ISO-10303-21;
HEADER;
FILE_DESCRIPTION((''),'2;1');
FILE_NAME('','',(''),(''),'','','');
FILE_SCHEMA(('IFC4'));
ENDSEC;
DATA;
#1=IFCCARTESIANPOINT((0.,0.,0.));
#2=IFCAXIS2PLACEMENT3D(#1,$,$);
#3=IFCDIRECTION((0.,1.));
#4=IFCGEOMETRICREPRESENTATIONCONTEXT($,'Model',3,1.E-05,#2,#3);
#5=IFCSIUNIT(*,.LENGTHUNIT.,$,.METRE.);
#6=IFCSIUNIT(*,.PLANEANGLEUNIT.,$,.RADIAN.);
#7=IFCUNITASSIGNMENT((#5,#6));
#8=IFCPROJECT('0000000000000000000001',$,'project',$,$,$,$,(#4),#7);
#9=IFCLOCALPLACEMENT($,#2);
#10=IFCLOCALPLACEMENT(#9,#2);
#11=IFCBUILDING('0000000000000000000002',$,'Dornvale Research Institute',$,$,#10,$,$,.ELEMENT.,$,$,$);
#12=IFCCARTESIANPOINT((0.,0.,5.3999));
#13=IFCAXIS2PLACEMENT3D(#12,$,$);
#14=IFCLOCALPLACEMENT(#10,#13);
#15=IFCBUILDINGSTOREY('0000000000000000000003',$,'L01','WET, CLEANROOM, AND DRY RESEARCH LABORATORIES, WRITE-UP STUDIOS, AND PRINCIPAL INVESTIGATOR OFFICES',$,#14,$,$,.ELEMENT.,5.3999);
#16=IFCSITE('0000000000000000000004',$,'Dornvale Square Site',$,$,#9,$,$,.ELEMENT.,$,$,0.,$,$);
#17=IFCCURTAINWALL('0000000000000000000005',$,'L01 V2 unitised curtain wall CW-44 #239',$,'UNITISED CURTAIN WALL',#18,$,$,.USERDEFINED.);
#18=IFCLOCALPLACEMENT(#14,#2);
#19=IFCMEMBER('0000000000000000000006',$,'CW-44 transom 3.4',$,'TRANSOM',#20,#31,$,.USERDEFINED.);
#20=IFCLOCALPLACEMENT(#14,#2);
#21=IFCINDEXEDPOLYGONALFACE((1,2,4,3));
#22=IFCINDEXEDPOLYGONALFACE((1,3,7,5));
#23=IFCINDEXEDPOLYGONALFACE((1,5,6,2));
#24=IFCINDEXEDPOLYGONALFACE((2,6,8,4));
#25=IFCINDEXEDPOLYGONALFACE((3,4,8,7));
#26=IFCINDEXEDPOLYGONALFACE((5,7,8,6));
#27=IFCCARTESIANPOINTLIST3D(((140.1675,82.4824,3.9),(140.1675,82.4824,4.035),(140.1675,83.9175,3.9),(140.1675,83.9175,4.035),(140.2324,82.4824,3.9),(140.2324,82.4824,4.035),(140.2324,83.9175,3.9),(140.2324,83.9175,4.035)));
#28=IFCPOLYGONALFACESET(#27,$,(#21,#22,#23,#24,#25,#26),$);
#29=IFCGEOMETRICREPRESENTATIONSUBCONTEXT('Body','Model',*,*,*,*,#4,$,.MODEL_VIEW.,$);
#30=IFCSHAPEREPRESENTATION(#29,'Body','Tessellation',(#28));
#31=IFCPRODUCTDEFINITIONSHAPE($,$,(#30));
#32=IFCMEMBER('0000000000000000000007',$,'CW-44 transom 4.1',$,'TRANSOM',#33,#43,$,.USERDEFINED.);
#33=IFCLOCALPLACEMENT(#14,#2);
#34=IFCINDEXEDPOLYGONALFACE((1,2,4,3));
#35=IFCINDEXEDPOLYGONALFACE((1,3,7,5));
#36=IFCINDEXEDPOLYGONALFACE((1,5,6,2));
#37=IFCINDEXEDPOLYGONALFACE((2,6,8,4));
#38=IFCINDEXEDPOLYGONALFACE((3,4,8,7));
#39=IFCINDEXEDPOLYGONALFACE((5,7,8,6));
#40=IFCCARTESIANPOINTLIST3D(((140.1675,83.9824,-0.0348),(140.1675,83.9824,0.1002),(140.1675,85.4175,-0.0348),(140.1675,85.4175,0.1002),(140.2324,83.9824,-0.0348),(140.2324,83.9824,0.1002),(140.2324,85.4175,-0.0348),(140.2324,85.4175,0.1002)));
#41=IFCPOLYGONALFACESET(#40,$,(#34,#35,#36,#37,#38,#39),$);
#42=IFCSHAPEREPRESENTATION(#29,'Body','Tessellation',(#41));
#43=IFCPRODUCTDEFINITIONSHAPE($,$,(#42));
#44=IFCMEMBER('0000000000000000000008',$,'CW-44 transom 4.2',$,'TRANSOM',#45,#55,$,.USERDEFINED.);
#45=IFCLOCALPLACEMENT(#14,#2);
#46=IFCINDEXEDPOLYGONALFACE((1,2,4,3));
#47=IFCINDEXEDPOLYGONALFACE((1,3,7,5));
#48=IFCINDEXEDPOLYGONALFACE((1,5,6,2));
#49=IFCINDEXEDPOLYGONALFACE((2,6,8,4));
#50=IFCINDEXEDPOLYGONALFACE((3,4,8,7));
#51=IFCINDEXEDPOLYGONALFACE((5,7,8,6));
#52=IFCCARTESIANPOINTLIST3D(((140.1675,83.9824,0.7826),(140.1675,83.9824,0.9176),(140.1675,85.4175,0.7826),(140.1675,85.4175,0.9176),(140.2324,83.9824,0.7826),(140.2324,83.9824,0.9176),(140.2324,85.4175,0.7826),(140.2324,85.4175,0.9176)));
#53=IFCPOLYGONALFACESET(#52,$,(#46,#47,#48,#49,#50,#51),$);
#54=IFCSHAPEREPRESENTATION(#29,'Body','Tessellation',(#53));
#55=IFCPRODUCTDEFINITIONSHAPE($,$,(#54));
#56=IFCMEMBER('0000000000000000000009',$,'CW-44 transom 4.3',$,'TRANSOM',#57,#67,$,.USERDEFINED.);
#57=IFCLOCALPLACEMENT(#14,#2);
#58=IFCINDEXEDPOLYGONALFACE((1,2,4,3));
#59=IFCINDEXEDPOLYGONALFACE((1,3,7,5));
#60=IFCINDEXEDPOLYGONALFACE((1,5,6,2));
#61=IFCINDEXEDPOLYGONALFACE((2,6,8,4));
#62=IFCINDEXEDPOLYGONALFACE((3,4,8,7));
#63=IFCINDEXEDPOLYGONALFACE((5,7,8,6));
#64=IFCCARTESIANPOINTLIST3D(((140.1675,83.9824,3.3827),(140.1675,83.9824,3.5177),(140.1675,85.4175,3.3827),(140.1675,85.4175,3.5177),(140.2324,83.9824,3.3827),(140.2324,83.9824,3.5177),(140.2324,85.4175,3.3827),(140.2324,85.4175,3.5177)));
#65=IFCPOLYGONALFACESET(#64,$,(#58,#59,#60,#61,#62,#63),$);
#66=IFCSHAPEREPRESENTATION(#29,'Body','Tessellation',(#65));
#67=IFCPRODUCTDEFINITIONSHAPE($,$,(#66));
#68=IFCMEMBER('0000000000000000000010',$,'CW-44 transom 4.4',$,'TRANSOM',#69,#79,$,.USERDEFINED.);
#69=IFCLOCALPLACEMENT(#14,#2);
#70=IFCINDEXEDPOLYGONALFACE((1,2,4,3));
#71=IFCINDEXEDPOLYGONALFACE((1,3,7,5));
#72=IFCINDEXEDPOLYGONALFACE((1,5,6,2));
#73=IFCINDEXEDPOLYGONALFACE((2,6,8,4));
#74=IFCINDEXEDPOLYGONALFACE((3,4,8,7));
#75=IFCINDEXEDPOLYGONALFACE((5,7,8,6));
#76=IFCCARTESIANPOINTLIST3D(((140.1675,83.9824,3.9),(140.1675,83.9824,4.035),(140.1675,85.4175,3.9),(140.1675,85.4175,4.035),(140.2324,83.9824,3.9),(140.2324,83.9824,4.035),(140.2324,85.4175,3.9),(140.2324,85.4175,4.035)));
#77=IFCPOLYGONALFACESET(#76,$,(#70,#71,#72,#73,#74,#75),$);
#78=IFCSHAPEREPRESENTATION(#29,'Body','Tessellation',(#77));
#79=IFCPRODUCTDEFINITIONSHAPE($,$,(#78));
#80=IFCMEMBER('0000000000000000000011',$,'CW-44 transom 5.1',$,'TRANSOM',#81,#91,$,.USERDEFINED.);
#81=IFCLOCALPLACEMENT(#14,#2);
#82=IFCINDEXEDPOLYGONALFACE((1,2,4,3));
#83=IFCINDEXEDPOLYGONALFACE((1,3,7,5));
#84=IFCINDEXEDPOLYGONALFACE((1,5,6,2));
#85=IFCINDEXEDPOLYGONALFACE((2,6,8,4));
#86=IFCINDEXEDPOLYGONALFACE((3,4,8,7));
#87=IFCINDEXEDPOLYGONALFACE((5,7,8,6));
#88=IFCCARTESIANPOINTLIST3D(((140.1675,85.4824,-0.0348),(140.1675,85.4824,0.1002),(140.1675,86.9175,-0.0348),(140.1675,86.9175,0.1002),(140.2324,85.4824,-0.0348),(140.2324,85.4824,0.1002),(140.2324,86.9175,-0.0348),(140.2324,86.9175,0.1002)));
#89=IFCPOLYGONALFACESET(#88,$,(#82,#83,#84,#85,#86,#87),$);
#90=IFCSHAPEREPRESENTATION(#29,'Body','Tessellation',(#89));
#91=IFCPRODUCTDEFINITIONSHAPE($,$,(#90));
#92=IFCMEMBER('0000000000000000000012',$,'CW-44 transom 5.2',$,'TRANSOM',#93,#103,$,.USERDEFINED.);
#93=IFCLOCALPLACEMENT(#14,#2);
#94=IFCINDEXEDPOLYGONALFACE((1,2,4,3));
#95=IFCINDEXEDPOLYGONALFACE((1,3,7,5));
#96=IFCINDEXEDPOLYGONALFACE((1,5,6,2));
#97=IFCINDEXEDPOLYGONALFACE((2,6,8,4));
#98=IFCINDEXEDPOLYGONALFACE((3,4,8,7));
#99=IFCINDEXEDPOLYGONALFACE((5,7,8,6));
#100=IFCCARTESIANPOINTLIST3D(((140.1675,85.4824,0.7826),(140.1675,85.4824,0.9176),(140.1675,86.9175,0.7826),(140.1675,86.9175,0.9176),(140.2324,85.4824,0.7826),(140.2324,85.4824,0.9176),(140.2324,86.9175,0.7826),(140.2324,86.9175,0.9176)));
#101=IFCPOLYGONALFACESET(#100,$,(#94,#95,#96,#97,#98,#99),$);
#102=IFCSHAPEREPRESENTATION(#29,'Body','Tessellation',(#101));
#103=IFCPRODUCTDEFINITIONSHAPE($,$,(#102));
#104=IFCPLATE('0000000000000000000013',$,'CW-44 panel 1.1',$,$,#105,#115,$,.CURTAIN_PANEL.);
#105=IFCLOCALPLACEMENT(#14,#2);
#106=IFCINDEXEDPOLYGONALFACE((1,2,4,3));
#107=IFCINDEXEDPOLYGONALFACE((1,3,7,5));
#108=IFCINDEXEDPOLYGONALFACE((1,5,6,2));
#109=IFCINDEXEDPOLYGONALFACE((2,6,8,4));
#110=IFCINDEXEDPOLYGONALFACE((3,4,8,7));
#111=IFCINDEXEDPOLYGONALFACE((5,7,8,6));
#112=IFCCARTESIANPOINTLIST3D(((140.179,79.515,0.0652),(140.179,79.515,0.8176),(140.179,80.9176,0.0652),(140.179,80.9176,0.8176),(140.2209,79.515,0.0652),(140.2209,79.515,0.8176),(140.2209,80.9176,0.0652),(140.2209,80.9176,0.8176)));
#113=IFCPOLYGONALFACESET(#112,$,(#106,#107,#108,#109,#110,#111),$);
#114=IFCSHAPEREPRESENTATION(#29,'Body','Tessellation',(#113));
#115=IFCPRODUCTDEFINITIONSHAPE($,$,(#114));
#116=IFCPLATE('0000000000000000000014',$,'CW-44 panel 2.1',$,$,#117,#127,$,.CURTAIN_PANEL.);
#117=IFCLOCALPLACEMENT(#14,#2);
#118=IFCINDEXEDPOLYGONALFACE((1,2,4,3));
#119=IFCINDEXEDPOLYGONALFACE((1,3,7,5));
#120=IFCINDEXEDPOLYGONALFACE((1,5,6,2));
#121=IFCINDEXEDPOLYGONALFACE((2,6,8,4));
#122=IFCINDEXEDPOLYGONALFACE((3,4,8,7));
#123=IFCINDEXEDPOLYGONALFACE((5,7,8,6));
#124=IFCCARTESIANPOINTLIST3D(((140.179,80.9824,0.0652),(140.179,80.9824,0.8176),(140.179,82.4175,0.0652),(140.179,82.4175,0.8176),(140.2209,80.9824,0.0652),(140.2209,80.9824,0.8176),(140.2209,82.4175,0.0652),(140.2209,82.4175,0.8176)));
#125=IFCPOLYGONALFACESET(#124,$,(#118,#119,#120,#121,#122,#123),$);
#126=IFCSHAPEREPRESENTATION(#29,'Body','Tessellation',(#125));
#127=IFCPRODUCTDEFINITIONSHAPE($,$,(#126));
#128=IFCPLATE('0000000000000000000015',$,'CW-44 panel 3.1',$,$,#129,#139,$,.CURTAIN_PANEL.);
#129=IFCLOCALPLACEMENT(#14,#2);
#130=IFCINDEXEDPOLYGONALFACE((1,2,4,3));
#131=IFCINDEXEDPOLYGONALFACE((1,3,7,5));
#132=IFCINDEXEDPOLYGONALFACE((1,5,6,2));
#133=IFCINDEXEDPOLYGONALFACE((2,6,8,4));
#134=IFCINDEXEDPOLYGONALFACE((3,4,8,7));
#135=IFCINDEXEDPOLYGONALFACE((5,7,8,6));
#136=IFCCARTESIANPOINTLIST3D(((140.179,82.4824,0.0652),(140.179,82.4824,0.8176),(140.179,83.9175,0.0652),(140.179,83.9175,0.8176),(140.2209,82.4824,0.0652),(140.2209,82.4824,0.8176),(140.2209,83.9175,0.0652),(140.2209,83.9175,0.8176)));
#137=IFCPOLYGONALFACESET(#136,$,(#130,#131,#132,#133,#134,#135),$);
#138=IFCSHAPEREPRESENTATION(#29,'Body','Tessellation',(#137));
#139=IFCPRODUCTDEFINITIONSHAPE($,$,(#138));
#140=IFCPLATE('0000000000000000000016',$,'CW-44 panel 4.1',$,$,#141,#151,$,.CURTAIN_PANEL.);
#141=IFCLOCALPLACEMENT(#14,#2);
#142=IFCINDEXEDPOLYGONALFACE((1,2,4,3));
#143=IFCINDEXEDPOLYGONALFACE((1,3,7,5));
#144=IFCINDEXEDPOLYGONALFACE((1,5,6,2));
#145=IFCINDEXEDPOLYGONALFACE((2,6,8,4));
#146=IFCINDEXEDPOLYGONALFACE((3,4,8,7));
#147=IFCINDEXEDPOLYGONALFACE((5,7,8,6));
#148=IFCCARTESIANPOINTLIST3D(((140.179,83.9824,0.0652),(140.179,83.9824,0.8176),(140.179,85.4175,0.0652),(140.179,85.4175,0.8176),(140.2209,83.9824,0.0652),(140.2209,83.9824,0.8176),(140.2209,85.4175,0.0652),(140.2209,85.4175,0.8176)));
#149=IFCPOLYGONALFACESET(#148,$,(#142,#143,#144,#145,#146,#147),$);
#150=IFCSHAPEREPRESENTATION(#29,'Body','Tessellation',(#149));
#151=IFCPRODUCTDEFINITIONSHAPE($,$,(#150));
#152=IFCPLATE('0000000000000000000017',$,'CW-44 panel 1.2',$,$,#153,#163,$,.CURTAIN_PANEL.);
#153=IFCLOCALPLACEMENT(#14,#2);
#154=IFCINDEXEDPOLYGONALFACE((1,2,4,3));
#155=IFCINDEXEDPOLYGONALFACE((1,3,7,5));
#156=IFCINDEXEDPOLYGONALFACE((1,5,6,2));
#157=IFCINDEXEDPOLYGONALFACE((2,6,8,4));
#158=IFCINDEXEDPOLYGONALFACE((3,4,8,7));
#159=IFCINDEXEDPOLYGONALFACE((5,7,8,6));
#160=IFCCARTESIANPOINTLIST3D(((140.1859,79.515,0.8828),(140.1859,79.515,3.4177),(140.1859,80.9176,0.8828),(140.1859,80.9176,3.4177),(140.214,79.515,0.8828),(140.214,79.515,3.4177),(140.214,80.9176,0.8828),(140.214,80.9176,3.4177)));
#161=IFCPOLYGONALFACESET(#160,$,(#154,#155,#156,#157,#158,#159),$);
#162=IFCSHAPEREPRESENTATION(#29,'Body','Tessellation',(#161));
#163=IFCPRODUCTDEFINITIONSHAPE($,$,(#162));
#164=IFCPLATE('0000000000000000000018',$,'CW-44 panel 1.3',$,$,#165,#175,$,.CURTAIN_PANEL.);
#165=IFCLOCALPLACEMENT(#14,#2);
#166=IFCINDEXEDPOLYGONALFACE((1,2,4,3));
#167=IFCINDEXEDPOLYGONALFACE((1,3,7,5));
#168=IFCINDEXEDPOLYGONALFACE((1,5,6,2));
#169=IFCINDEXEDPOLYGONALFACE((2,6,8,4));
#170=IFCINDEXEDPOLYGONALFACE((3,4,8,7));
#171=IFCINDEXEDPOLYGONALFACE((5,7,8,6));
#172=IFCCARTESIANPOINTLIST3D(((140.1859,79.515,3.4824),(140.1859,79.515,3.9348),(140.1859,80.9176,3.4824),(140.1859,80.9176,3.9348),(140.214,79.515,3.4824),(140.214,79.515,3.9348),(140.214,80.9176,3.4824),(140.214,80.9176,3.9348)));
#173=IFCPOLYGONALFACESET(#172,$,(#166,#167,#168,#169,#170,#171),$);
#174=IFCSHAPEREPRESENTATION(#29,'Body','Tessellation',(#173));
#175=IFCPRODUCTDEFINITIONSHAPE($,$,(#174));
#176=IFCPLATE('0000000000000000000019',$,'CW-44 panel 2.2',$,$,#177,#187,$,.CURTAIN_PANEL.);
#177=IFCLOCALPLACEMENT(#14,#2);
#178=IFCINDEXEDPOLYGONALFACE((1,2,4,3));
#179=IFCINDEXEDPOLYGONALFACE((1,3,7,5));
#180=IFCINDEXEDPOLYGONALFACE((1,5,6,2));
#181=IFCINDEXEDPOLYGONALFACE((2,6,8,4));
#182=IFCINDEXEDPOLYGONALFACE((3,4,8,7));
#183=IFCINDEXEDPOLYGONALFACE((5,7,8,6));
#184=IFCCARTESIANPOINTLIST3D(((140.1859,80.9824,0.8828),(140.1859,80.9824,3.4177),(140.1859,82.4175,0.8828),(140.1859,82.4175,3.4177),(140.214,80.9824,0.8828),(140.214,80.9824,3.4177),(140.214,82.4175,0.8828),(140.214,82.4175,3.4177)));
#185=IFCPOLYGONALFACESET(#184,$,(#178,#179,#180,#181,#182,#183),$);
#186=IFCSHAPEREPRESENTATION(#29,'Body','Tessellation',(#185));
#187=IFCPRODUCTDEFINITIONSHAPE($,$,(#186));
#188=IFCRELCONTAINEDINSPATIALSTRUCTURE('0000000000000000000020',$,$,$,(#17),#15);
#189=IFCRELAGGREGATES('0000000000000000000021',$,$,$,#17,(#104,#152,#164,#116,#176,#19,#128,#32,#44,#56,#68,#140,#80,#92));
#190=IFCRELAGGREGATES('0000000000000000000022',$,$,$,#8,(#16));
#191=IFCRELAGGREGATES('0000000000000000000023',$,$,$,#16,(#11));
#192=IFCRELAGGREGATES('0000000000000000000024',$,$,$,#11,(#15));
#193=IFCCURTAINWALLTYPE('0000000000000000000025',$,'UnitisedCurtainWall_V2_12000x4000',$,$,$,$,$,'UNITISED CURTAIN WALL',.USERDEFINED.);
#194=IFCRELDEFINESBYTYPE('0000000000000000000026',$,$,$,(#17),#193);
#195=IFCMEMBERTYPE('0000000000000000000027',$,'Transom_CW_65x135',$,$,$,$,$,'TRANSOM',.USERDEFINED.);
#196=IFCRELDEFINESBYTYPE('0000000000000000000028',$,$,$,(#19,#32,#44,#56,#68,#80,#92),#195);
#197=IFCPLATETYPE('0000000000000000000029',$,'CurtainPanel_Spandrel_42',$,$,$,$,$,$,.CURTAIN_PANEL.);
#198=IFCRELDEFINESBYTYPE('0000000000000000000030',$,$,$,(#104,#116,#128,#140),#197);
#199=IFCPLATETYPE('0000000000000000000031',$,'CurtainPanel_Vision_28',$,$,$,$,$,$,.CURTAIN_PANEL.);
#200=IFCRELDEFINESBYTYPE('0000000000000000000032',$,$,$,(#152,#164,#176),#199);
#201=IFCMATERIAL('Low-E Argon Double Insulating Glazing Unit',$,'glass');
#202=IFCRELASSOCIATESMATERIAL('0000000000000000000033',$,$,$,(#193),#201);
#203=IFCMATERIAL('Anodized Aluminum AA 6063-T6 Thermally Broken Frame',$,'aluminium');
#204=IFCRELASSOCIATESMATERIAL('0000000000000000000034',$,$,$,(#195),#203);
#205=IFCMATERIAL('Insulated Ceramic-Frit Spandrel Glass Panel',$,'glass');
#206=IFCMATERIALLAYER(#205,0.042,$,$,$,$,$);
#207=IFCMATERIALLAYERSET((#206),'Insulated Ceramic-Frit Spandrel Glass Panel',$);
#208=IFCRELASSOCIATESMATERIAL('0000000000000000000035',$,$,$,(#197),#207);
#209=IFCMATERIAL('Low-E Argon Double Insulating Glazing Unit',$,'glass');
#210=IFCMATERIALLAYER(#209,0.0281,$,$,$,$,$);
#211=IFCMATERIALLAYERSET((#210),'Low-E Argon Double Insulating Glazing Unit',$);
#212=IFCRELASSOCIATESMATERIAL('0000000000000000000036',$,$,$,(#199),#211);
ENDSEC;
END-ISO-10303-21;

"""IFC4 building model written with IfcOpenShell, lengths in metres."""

from ifc_helpers import new_model, si_unit, direction, frame, origin, origin_2d, place, context, subcontext, project, spatial, rectangle, extrude, material, layer, layer_set, material_profile, profile_set, type_object, element, aggregate, save


model = new_model("IFC4")

# Units and contexts
model_context = context("Model", 3, precision=1e-05, world=origin(), true_north=direction((0.0, 1.0)))
body_context = subcontext(model_context, "Body", "Model", "MODEL_VIEW")
ifc_project = project(units=[si_unit("LENGTHUNIT", "METRE"), si_unit("PLANEANGLEUNIT", "RADIAN")], contexts=[model_context])

# Site, building, storey
site_placement = place(None, origin())
site = spatial("IfcSite", under=ifc_project, at=site_placement, Name="Dornvale Square Site", CompositionType="ELEMENT", RefElevation=0.0)
building_placement = place(site_placement, origin())
building = spatial("IfcBuilding", under=site, at=building_placement, Name="Dornvale Research Institute", CompositionType="ELEMENT")
storey_placement = place(building_placement, frame((0.0, 0.0, 5.3999)))
storey = spatial("IfcBuildingStorey", under=building, at=storey_placement, Name="L01", Description="WET, CLEANROOM, AND DRY RESEARCH LABORATORIES, WRITE-UP STUDIOS, AND PRINCIPAL INVESTIGATOR OFFICES", CompositionType="ELEMENT", Elevation=5.3999)

# Curtain wall, members, plates
ifc_material_1 = material(Name="Low-E Argon Double Insulating Glazing Unit", Category="glass")
curtain_wall_type = type_object("IfcCurtainWallType", Name="UnitisedCurtainWall_V2_12000x4000", ElementType="UNITISED CURTAIN WALL", PredefinedType="USERDEFINED", material=ifc_material_1)
curtain_wall_placement = place(storey_placement, origin())
curtain_wall = element("IfcCurtainWall", 1, at=curtain_wall_placement, inside=storey, type_object=curtain_wall_type, Name="L01 V2 unitised curtain wall CW-44 #239", ObjectType="UNITISED CURTAIN WALL", PredefinedType="USERDEFINED")
ifc_material_2 = material(Name="Anodized Aluminum AA 6063-T6 Thermally Broken Frame", Category="aluminium")
ifc_material_profile_1 = material_profile(ifc_material_2, rectangle(XDim=0.0649, YDim=0.135, at=origin_2d()), Name="ALU TRANSOM 65x135")
ifc_profile_set_1 = profile_set([ifc_material_profile_1], Name="Anodized Aluminum AA 6063-T6 Thermally Broken Frame")
member_type_1 = type_object("IfcMemberType", Name="Transom_CW_65x135", ElementType="TRANSOM", PredefinedType="USERDEFINED", material=ifc_profile_set_1)
member_1_placement = place(storey_placement, frame((140.2, 82.4824, 3.9675), z_axis=(0.0, 1.0, 0.0), x_axis=(-1.0, 0.0, 0.0)))
member_1 = element("IfcMember", 2, at=member_1_placement, type_object=member_type_1, Name="CW-44 transom 3.4", ObjectType="TRANSOM", PredefinedType="USERDEFINED", context=body_context, shape_type="SweptSolid", body=[
    extrude(rectangle(XDim=0.0649, YDim=0.135, at=origin_2d()), origin(), (0.0, 0.0, 1.0), 1.4351),
])
member_2_placement = place(storey_placement, frame((140.2, 83.9824, 0.0327), z_axis=(0.0, 1.0, 0.0), x_axis=(-1.0, 0.0, 0.0)))
member_2 = element("IfcMember", 3, at=member_2_placement, type_object=member_type_1, Name="CW-44 transom 4.1", ObjectType="TRANSOM", PredefinedType="USERDEFINED", context=body_context, shape_type="SweptSolid", body=[
    extrude(rectangle(XDim=0.0649, YDim=0.135, at=origin_2d()), origin(), (0.0, 0.0, 1.0), 1.4351),
])
member_3_placement = place(storey_placement, frame((140.2, 83.9824, 0.8501), z_axis=(0.0, 1.0, 0.0), x_axis=(-1.0, 0.0, 0.0)))
member_3 = element("IfcMember", 4, at=member_3_placement, type_object=member_type_1, Name="CW-44 transom 4.2", ObjectType="TRANSOM", PredefinedType="USERDEFINED", context=body_context, shape_type="SweptSolid", body=[
    extrude(rectangle(XDim=0.0649, YDim=0.135, at=origin_2d()), origin(), (0.0, 0.0, 1.0), 1.4351),
])
member_4_placement = place(storey_placement, frame((140.2, 83.9824, 3.4502), z_axis=(0.0, 1.0, 0.0), x_axis=(-1.0, 0.0, 0.0)))
member_4 = element("IfcMember", 5, at=member_4_placement, type_object=member_type_1, Name="CW-44 transom 4.3", ObjectType="TRANSOM", PredefinedType="USERDEFINED", context=body_context, shape_type="SweptSolid", body=[
    extrude(rectangle(XDim=0.0649, YDim=0.135, at=origin_2d()), origin(), (0.0, 0.0, 1.0), 1.4351),
])
member_5_placement = place(storey_placement, frame((140.2, 83.9824, 3.9675), z_axis=(0.0, 1.0, 0.0), x_axis=(-1.0, 0.0, 0.0)))
member_5 = element("IfcMember", 6, at=member_5_placement, type_object=member_type_1, Name="CW-44 transom 4.4", ObjectType="TRANSOM", PredefinedType="USERDEFINED", context=body_context, shape_type="SweptSolid", body=[
    extrude(rectangle(XDim=0.0649, YDim=0.135, at=origin_2d()), origin(), (0.0, 0.0, 1.0), 1.4351),
])
member_6_placement = place(storey_placement, frame((140.2, 85.4824, 0.0327), z_axis=(0.0, 1.0, 0.0), x_axis=(-1.0, 0.0, 0.0)))
member_6 = element("IfcMember", 7, at=member_6_placement, type_object=member_type_1, Name="CW-44 transom 5.1", ObjectType="TRANSOM", PredefinedType="USERDEFINED", context=body_context, shape_type="SweptSolid", body=[
    extrude(rectangle(XDim=0.0649, YDim=0.135, at=origin_2d()), origin(), (0.0, 0.0, 1.0), 1.4351),
])
member_7_placement = place(storey_placement, frame((140.2, 85.4824, 0.8501), z_axis=(0.0, 1.0, 0.0), x_axis=(-1.0, 0.0, 0.0)))
member_7 = element("IfcMember", 8, at=member_7_placement, type_object=member_type_1, Name="CW-44 transom 5.2", ObjectType="TRANSOM", PredefinedType="USERDEFINED", context=body_context, shape_type="SweptSolid", body=[
    extrude(rectangle(XDim=0.0649, YDim=0.135, at=origin_2d()), origin(), (0.0, 0.0, 1.0), 1.4351),
])
ifc_material_3 = material(Name="Insulated Ceramic-Frit Spandrel Glass Panel", Category="glass")
ifc_layer_1 = layer(ifc_material_3, 0.042)
ifc_layer_set_1 = layer_set([ifc_layer_1], Name="Insulated Ceramic-Frit Spandrel Glass Panel")
plate_type_1 = type_object("IfcPlateType", Name="CurtainPanel_Spandrel_42", PredefinedType="CURTAIN_PANEL", material=ifc_layer_set_1)
plate_1_placement = place(storey_placement, frame((140.2, 80.2163, 0.0652), z_axis=(0.0, 0.0, 1.0), x_axis=(0.0, 1.0, 0.0)))
plate_1 = element("IfcPlate", 9, at=plate_1_placement, type_object=plate_type_1, Name="CW-44 panel 1.1", PredefinedType="CURTAIN_PANEL", context=body_context, shape_type="SweptSolid", body=[
    extrude(rectangle(XDim=1.4026, YDim=0.042, at=origin_2d()), origin(), (0.0, 0.0, 1.0), 0.7524),
])
plate_2_placement = place(storey_placement, frame((140.2, 81.7, 0.0652), z_axis=(0.0, 0.0, 1.0), x_axis=(0.0, 1.0, 0.0)))
plate_2 = element("IfcPlate", 10, at=plate_2_placement, type_object=plate_type_1, Name="CW-44 panel 2.1", PredefinedType="CURTAIN_PANEL", context=body_context, shape_type="SweptSolid", body=[
    extrude(rectangle(XDim=1.4351, YDim=0.042, at=origin_2d()), origin(), (0.0, 0.0, 1.0), 0.7524),
])
plate_3_placement = place(storey_placement, frame((140.2, 83.2, 0.0652), z_axis=(0.0, 0.0, 1.0), x_axis=(0.0, 1.0, 0.0)))
plate_3 = element("IfcPlate", 11, at=plate_3_placement, type_object=plate_type_1, Name="CW-44 panel 3.1", PredefinedType="CURTAIN_PANEL", context=body_context, shape_type="SweptSolid", body=[
    extrude(rectangle(XDim=1.4351, YDim=0.042, at=origin_2d()), origin(), (0.0, 0.0, 1.0), 0.7524),
])
plate_4_placement = place(storey_placement, frame((140.2, 84.7, 0.0652), z_axis=(0.0, 0.0, 1.0), x_axis=(0.0, 1.0, 0.0)))
plate_4 = element("IfcPlate", 12, at=plate_4_placement, type_object=plate_type_1, Name="CW-44 panel 4.1", PredefinedType="CURTAIN_PANEL", context=body_context, shape_type="SweptSolid", body=[
    extrude(rectangle(XDim=1.4351, YDim=0.042, at=origin_2d()), origin(), (0.0, 0.0, 1.0), 0.7524),
])
ifc_material_4 = material(Name="Low-E Argon Double Insulating Glazing Unit", Category="glass")
ifc_layer_2 = layer(ifc_material_4, 0.0281)
ifc_layer_set_2 = layer_set([ifc_layer_2], Name="Low-E Argon Double Insulating Glazing Unit")
plate_type_2 = type_object("IfcPlateType", Name="CurtainPanel_Vision_28", PredefinedType="CURTAIN_PANEL", material=ifc_layer_set_2)
plate_5_placement = place(storey_placement, frame((140.2, 80.2163, 0.8828), z_axis=(0.0, 0.0, 1.0), x_axis=(0.0, 1.0, 0.0)))
plate_5 = element("IfcPlate", 13, at=plate_5_placement, type_object=plate_type_2, Name="CW-44 panel 1.2", PredefinedType="CURTAIN_PANEL", context=body_context, shape_type="SweptSolid", body=[
    extrude(rectangle(XDim=1.4026, YDim=0.0281, at=origin_2d()), origin(), (0.0, 0.0, 1.0), 2.5349),
])
plate_6_placement = place(storey_placement, frame((140.2, 80.2163, 3.4824), z_axis=(0.0, 0.0, 1.0), x_axis=(0.0, 1.0, 0.0)))
plate_6 = element("IfcPlate", 14, at=plate_6_placement, type_object=plate_type_2, Name="CW-44 panel 1.3", PredefinedType="CURTAIN_PANEL", context=body_context, shape_type="SweptSolid", body=[
    extrude(rectangle(XDim=1.4026, YDim=0.0281, at=origin_2d()), origin(), (0.0, 0.0, 1.0), 0.4524),
])
plate_7_placement = place(storey_placement, frame((140.2, 81.7, 0.8828), z_axis=(0.0, 0.0, 1.0), x_axis=(0.0, 1.0, 0.0)))
plate_7 = element("IfcPlate", 15, at=plate_7_placement, type_object=plate_type_2, Name="CW-44 panel 2.2", PredefinedType="CURTAIN_PANEL", context=body_context, shape_type="SweptSolid", body=[
    extrude(rectangle(XDim=1.4351, YDim=0.0281, at=origin_2d()), origin(), (0.0, 0.0, 1.0), 2.5349),
])
aggregate(curtain_wall, [plate_1, plate_5, plate_6, plate_2, plate_7, member_1, plate_3, member_2, member_3, member_4, member_5, plate_4, member_6, member_7])

save(model, "model.ifc")
